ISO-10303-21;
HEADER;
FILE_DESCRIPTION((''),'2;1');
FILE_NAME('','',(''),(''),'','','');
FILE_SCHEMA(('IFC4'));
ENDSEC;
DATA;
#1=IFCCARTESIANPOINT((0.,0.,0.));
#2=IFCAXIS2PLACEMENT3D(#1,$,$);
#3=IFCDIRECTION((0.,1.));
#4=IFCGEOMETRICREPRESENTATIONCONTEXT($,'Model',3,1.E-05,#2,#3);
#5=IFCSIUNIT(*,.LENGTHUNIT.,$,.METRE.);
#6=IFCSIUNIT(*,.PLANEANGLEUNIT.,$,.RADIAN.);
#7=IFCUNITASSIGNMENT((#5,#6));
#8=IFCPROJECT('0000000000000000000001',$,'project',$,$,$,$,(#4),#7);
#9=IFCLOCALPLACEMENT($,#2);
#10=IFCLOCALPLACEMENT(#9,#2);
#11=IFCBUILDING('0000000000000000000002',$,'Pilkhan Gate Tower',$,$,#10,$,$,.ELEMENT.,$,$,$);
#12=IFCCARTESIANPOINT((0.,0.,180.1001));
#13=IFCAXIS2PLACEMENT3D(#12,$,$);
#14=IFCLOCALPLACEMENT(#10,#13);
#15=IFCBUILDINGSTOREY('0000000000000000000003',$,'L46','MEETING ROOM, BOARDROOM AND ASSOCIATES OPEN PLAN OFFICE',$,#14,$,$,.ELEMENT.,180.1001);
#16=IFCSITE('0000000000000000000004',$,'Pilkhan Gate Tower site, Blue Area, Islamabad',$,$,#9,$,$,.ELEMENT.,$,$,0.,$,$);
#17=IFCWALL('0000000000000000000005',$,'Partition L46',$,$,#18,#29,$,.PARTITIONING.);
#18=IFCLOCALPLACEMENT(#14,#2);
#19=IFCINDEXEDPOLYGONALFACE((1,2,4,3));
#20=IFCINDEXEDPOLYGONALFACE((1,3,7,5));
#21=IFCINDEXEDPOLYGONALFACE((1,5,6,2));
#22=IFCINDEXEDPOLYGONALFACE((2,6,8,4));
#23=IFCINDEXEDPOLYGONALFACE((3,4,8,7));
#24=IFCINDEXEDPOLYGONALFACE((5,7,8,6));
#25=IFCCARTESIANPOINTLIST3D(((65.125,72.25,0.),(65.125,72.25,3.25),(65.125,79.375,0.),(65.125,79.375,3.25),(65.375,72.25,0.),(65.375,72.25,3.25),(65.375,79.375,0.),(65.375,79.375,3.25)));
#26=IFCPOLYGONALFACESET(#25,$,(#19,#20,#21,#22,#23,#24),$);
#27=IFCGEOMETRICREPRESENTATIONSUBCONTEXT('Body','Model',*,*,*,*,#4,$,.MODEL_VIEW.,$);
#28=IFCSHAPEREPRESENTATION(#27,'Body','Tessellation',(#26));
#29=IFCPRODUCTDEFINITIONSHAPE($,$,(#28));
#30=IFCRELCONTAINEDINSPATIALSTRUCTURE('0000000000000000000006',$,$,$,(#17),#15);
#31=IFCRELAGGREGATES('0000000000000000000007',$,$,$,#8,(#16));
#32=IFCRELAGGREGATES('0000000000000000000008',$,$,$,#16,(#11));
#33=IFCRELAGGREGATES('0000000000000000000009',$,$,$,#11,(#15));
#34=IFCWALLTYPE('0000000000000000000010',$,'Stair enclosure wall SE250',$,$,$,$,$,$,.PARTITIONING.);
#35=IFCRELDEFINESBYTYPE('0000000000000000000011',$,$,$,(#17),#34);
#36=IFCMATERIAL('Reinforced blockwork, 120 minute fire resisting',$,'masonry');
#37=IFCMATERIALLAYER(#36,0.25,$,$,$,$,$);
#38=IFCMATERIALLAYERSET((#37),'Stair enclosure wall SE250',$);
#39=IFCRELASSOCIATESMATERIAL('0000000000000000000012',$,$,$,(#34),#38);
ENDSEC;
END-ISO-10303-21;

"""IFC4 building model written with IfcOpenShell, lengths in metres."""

from ifc_helpers import new_model, si_unit, direction, frame, frame_2d, origin, place, context, subcontext, project, spatial, rectangle, extrude, material, layer, layer_set, type_object, element, save


model = new_model("IFC4")

# Units and contexts
model_context = context("Model", 3, precision=1e-05, world=origin(), true_north=direction((0.0, 1.0)))
body_context = subcontext(model_context, "Body", "Model", "MODEL_VIEW")
ifc_project = project(units=[si_unit("LENGTHUNIT", "METRE"), si_unit("PLANEANGLEUNIT", "RADIAN")], contexts=[model_context])

# Site, building, storey
site_placement = place(None, origin())
site = spatial("IfcSite", under=ifc_project, at=site_placement, Name="Pilkhan Gate Tower site, Blue Area, Islamabad", CompositionType="ELEMENT", RefElevation=0.0)
building_placement = place(site_placement, origin())
building = spatial("IfcBuilding", under=site, at=building_placement, Name="Pilkhan Gate Tower", CompositionType="ELEMENT")
storey_placement = place(building_placement, frame((0.0, 0.0, 180.1001)))
storey = spatial("IfcBuildingStorey", under=building, at=storey_placement, Name="L46", Description="MEETING ROOM, BOARDROOM AND ASSOCIATES OPEN PLAN OFFICE", CompositionType="ELEMENT", Elevation=180.1001)

# Wall
ifc_material_1 = material(Name="Reinforced blockwork, 120 minute fire resisting", Category="masonry")
ifc_layer_1 = layer(ifc_material_1, 0.25)
ifc_layer_set_1 = layer_set([ifc_layer_1], Name="Stair enclosure wall SE250")
wall_type_1 = type_object("IfcWallType", Name="Stair enclosure wall SE250", PredefinedType="PARTITIONING", material=ifc_layer_set_1)
wall_1_placement = place(storey_placement, frame((65.25, 72.25, 0.0), z_axis=(0.0, 0.0, 1.0), x_axis=(0.0, 1.0, 0.0)))
element("IfcWall", 1, at=wall_1_placement, inside=storey, type_object=wall_type_1, Name="Partition L46", PredefinedType="PARTITIONING", context=body_context, shape_type="SweptSolid", body=[
    extrude(rectangle(XDim=7.125, YDim=0.25, at=frame_2d((3.5625, 0.0))), origin(), (0.0, 0.0, 1.0), 3.25),
])

save(model, "model.ifc")
